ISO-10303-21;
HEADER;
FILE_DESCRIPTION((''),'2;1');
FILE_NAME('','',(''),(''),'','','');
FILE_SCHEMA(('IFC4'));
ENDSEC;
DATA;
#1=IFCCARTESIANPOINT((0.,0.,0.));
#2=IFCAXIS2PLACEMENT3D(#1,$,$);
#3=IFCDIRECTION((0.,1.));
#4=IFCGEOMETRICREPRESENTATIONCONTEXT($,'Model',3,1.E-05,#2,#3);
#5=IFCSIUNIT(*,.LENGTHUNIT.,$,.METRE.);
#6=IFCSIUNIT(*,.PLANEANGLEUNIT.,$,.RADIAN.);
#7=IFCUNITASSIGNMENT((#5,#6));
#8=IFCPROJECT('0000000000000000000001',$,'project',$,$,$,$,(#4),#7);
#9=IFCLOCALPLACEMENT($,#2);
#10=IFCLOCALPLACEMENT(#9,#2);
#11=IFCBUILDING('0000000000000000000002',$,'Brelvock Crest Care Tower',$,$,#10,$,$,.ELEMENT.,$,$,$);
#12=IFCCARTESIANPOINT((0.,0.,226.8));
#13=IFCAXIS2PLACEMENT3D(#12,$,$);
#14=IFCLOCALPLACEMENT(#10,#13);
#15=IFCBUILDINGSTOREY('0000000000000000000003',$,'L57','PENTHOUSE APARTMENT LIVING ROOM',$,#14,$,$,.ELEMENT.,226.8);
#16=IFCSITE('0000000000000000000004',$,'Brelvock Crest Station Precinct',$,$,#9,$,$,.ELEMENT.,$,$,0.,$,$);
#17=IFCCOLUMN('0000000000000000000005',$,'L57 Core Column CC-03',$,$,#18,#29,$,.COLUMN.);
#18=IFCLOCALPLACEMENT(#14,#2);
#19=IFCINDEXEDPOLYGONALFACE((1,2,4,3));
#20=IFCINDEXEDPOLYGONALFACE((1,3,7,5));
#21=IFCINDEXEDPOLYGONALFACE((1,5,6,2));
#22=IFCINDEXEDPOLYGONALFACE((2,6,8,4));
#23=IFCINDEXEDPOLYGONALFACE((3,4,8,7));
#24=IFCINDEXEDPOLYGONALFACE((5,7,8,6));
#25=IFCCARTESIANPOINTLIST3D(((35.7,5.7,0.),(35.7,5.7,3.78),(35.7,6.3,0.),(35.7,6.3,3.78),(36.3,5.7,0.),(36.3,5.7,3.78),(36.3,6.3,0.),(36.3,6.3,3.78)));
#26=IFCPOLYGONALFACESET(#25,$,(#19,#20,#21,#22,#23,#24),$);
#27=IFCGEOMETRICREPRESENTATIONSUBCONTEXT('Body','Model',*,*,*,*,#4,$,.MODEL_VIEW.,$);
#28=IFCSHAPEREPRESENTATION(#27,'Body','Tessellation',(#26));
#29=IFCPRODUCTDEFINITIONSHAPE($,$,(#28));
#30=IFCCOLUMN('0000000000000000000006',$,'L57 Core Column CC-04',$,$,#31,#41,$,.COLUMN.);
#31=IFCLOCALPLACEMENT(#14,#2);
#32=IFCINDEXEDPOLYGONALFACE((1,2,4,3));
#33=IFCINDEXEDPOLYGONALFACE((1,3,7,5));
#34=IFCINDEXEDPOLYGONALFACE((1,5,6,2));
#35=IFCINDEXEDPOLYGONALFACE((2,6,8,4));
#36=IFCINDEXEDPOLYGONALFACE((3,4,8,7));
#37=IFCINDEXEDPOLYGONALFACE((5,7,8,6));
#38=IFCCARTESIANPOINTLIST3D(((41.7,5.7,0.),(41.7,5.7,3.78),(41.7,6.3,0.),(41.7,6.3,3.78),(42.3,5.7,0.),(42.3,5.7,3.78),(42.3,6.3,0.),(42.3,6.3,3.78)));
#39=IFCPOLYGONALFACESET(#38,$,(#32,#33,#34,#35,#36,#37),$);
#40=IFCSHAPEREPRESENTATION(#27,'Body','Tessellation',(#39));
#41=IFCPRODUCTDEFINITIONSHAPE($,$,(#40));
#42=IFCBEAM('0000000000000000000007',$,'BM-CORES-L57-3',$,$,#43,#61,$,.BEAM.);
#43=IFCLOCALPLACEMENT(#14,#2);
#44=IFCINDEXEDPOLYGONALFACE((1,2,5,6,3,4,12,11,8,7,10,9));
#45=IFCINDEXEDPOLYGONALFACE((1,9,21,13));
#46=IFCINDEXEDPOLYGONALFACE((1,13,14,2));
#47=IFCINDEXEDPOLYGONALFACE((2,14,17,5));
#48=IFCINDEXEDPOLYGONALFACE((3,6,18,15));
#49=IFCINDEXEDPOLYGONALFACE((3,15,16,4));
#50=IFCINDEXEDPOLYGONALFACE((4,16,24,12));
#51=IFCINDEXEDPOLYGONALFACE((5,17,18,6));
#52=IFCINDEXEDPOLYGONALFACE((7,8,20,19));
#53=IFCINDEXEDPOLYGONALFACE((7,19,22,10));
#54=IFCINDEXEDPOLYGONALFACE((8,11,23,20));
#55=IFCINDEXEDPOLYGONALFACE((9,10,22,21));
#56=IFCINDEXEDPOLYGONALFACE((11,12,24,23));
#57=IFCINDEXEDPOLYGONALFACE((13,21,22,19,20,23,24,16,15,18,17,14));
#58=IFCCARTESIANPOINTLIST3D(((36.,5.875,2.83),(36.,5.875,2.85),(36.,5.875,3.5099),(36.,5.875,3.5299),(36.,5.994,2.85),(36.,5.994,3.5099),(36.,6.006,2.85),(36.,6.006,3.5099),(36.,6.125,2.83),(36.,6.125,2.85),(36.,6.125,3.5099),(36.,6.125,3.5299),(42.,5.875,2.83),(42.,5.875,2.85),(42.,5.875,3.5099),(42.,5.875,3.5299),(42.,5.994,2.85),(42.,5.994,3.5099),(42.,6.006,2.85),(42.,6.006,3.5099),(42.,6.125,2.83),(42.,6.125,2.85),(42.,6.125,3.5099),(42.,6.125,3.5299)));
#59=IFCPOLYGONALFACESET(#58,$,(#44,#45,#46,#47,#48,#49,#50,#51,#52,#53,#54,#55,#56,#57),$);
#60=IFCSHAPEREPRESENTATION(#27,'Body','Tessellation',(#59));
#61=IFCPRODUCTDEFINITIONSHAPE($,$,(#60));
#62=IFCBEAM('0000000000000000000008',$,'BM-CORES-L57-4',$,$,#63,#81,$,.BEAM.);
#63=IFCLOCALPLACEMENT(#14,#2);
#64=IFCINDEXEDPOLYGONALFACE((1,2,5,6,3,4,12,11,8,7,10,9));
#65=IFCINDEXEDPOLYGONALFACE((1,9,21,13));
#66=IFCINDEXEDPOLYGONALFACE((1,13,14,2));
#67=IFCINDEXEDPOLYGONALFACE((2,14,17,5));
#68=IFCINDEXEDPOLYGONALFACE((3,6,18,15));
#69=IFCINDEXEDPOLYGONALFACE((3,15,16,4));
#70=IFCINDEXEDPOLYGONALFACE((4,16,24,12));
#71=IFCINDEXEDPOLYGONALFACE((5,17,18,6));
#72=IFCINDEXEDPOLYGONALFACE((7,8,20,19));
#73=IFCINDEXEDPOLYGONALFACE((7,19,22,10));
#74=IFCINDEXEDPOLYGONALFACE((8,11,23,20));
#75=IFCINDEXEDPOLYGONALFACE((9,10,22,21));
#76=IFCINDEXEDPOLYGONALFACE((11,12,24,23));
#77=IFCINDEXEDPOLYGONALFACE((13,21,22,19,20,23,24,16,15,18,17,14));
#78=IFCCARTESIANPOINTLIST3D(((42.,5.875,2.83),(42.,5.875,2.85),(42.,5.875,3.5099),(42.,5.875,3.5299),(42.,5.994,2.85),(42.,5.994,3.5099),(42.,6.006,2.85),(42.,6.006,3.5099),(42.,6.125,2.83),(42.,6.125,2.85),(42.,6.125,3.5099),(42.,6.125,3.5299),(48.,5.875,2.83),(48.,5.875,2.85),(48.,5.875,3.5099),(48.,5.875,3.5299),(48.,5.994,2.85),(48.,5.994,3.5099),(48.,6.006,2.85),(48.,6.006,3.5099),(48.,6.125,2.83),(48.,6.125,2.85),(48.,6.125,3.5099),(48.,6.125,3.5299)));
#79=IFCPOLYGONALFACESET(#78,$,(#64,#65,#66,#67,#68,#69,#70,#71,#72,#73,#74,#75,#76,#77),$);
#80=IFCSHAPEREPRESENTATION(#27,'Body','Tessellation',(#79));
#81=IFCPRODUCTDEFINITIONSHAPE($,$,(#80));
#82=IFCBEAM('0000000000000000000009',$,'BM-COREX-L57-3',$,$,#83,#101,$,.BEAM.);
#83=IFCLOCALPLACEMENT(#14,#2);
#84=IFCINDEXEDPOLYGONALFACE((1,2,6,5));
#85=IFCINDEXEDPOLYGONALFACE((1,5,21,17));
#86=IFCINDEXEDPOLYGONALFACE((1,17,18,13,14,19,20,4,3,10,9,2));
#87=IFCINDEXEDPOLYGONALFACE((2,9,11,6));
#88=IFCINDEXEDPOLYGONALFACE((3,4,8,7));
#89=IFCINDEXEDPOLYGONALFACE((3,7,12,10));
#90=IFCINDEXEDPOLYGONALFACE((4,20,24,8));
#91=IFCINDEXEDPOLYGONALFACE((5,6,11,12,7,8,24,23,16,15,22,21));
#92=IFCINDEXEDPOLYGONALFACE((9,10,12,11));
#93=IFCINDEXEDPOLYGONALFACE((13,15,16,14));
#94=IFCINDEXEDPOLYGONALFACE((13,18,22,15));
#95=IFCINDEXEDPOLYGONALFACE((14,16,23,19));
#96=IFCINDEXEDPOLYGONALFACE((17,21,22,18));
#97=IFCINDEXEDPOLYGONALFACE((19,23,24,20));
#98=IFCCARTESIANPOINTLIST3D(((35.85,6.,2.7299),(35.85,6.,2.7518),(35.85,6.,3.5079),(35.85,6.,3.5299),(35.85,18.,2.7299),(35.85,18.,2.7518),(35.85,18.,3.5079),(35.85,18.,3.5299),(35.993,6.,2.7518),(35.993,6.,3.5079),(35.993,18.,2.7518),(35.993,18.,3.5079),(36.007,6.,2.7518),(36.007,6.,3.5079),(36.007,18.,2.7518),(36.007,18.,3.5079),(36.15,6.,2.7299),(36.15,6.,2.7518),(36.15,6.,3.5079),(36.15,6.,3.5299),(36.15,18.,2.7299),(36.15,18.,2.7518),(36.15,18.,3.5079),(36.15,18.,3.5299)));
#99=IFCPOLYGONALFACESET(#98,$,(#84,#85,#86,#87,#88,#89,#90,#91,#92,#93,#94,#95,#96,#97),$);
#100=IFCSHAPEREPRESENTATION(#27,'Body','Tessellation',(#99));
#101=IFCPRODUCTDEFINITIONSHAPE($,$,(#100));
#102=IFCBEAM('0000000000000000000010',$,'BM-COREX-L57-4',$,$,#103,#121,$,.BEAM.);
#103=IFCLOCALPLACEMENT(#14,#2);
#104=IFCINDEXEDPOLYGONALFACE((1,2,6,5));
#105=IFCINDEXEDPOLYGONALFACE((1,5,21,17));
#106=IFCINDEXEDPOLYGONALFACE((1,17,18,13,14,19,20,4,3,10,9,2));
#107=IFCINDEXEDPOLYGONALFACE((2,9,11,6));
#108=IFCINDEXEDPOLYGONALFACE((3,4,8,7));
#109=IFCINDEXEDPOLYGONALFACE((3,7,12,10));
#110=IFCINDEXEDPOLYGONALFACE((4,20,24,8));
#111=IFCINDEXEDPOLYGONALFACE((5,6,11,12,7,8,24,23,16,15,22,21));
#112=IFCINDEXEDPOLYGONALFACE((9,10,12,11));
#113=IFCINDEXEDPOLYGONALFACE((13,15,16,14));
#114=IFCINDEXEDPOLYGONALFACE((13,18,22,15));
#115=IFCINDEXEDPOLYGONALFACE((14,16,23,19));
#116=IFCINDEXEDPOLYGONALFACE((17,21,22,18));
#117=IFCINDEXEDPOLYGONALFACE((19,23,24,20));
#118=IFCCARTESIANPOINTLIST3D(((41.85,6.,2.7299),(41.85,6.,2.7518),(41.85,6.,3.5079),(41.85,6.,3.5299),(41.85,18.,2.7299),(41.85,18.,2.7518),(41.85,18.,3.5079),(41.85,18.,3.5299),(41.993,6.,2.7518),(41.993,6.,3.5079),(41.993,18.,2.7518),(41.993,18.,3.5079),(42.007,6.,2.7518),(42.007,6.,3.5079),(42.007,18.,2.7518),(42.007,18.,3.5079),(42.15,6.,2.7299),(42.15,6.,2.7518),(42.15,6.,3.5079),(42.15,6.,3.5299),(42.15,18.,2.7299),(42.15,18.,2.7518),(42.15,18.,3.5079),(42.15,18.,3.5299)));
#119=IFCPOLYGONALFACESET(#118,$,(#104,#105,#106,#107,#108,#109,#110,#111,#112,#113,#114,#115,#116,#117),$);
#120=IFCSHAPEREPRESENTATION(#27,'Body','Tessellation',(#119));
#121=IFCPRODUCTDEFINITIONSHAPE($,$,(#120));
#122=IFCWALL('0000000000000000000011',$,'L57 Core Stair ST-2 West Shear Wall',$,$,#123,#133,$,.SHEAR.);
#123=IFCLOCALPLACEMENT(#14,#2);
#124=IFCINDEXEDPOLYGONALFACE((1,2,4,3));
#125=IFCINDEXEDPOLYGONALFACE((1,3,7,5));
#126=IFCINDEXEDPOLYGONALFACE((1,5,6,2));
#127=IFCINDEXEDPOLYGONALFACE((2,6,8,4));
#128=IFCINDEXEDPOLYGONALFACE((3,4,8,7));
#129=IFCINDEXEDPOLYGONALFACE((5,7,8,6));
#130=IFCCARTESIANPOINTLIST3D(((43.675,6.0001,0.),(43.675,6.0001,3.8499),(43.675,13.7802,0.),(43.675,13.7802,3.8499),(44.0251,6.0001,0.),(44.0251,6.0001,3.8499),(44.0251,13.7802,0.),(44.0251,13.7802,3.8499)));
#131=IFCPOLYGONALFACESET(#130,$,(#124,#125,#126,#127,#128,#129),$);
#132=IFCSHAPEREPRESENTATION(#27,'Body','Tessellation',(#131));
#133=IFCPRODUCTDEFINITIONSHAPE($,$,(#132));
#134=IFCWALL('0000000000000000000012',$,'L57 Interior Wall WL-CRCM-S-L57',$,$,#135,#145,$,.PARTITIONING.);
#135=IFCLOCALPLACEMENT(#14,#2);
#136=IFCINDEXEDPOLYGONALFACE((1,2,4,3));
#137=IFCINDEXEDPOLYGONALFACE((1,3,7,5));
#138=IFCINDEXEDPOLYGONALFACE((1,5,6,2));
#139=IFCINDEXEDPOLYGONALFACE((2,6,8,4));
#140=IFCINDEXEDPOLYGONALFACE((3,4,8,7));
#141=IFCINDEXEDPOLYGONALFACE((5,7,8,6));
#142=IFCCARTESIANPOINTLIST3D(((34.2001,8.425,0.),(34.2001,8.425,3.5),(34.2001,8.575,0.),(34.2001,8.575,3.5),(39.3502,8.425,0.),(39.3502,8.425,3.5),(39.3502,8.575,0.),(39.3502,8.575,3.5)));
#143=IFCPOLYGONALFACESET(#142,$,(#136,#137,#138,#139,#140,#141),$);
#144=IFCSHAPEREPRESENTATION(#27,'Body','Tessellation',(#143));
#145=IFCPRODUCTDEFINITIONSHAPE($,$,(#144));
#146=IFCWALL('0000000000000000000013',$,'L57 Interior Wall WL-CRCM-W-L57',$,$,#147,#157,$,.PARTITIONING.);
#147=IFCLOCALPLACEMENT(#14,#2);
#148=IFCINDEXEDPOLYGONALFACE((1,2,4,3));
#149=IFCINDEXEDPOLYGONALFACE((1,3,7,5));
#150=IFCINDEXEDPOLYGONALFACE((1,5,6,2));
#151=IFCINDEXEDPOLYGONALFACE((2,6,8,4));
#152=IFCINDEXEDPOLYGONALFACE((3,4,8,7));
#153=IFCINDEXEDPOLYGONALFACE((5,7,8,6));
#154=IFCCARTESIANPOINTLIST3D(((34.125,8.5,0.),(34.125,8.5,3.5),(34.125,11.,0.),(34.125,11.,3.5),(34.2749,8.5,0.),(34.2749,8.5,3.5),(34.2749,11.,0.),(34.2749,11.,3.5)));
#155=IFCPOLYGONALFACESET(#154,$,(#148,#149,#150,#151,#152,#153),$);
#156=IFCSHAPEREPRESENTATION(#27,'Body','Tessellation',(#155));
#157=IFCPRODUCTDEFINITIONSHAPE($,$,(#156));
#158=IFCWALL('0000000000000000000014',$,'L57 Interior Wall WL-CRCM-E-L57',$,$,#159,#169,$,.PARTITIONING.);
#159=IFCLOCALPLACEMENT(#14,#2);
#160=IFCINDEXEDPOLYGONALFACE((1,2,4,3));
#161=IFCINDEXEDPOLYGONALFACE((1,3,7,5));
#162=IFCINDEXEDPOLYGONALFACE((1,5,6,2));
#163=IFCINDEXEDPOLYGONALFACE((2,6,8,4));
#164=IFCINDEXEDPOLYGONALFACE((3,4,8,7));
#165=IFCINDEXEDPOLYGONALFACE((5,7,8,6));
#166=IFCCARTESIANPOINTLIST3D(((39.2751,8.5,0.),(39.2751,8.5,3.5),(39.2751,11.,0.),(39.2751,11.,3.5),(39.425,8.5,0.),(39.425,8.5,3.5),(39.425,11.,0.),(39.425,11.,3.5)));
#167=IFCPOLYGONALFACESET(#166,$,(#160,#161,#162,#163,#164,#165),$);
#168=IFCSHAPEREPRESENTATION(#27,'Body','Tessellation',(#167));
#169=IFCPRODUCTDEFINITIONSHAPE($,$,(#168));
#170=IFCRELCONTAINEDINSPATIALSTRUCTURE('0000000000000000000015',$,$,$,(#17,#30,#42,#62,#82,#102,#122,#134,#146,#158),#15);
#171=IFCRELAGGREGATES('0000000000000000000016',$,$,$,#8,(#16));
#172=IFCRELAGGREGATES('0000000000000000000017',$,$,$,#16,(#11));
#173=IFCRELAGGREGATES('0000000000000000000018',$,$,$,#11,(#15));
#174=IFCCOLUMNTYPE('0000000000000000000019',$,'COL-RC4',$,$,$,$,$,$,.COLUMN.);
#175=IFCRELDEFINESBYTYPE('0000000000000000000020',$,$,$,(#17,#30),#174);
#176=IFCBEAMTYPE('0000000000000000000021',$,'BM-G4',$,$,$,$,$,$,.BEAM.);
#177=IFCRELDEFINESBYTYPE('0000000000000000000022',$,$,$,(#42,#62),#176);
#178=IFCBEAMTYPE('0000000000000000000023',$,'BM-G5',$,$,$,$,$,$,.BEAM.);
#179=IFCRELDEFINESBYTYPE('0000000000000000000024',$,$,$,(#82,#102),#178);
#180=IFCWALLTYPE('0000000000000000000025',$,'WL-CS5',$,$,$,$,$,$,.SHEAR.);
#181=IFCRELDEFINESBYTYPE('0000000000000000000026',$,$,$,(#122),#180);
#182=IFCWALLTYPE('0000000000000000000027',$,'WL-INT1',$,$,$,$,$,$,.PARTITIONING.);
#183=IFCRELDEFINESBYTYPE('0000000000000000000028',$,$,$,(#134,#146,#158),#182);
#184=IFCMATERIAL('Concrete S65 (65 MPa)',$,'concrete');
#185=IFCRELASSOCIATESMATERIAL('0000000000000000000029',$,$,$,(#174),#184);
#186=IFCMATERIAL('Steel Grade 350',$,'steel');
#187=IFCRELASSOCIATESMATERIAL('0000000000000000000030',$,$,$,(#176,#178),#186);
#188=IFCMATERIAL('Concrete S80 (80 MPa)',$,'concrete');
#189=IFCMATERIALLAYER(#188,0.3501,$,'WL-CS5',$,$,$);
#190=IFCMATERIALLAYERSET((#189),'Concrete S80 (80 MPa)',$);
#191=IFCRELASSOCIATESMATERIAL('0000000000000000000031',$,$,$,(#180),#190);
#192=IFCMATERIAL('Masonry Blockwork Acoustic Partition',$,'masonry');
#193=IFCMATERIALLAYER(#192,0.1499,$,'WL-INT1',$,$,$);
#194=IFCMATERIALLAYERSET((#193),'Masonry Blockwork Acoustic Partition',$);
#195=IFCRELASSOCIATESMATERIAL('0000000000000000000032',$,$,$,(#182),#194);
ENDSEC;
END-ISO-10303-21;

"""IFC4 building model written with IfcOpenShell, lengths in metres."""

from ifc_helpers import new_model, si_unit, direction, frame, frame_2d, origin, origin_2d, place, context, subcontext, project, spatial, rectangle, i_section, extrude, source, transform, mapped, material, layer, layer_set, material_profile, profile_set, type_object, element, save


model = new_model("IFC4")

# Units and contexts
model_context = context("Model", 3, precision=1e-05, world=origin(), true_north=direction((0.0, 1.0)))
body_context = subcontext(model_context, "Body", "Model", "MODEL_VIEW")
ifc_project = project(units=[si_unit("LENGTHUNIT", "METRE"), si_unit("PLANEANGLEUNIT", "RADIAN")], contexts=[model_context])

# Site, building, storey
site_placement = place(None, origin())
site = spatial("IfcSite", under=ifc_project, at=site_placement, Name="Brelvock Crest Station Precinct", CompositionType="ELEMENT", RefElevation=0.0)
building_placement = place(site_placement, origin())
building = spatial("IfcBuilding", under=site, at=building_placement, Name="Brelvock Crest Care Tower", CompositionType="ELEMENT")
storey_placement = place(building_placement, frame((0.0, 0.0, 226.8)))
storey = spatial("IfcBuildingStorey", under=building, at=storey_placement, Name="L57", Description="PENTHOUSE APARTMENT LIVING ROOM", CompositionType="ELEMENT", Elevation=226.8)

# Columns
ifc_material_1 = material(Name="Concrete S65 (65 MPa)", Category="concrete")
ifc_material_profile_1 = material_profile(ifc_material_1, rectangle(XDim=0.6001, YDim=0.6001, at=origin_2d()), Name="RC600x600")
ifc_profile_set_1 = profile_set([ifc_material_profile_1], Name="Concrete S65 (65 MPa)")
column_type = type_object("IfcColumnType", Name="COL-RC4", PredefinedType="COLUMN", material=ifc_profile_set_1)
shared_shape_1 = source(origin(), body_context, "Body", "SweptSolid", [
    extrude(rectangle(XDim=0.6001, YDim=0.6001, at=origin_2d()), origin(), (0.0, 0.0, 1.0), 3.78),
])
for number, where, z_axis, x_axis, name in (
    (1, (36.0, 6.0, 0.0), (0.0, 0.0, 1.0), (1.0, 0.0, 0.0), "L57 Core Column CC-03"),
    (2, (42.0, 6.0, 0.0), (0.0, 0.0, 1.0), (1.0, 0.0, 0.0), "L57 Core Column CC-04"),
):
    element("IfcColumn", number, at=place(storey_placement, frame(where, z_axis=z_axis, x_axis=x_axis)), inside=storey, type_object=column_type, Name=name, PredefinedType="COLUMN", context=body_context, shape_type="MappedRepresentation", body=[
        mapped(shared_shape_1, transform((0.0, 0.0, 0.0), x_axis=(1.0, 0.0, 0.0), y_axis=(0.0, 1.0, 0.0), z_axis=(0.0, 0.0, 1.0), scale=1.0)),
    ])

# Beams
ifc_material_2 = material(Name="Steel Grade 350", Category="steel")
ifc_material_profile_2 = material_profile(ifc_material_2, i_section(OverallWidth=0.25, OverallDepth=0.7, WebThickness=0.012, FlangeThickness=0.02, at=origin_2d()), Name="700WB150")
ifc_profile_set_2 = profile_set([ifc_material_profile_2], Name="Steel Grade 350")
beam_type_1 = type_object("IfcBeamType", Name="BM-G4", PredefinedType="BEAM", material=ifc_profile_set_2)
shared_shape_2 = source(origin(), body_context, "Body", "SweptSolid", [
    extrude(i_section(OverallWidth=0.25, OverallDepth=0.7, WebThickness=0.012, FlangeThickness=0.02, at=origin_2d()), origin(), (0.0, 0.0, 1.0), 6.0),
])
for number, where, z_axis, x_axis, name in (
    (3, (36.0, 6.0, 3.1799), (1.0, 0.0, 0.0), (0.0, 1.0, 0.0), "BM-CORES-L57-3"),
    (4, (42.0, 6.0, 3.1799), (1.0, 0.0, 0.0), (0.0, 1.0, 0.0), "BM-CORES-L57-4"),
):
    element("IfcBeam", number, at=place(storey_placement, frame(where, z_axis=z_axis, x_axis=x_axis)), inside=storey, type_object=beam_type_1, Name=name, PredefinedType="BEAM", context=body_context, shape_type="MappedRepresentation", body=[
        mapped(shared_shape_2, transform((0.0, 0.0, 0.0), x_axis=(1.0, 0.0, 0.0), y_axis=(0.0, 1.0, 0.0), z_axis=(0.0, 0.0, 1.0), scale=1.0)),
    ])
ifc_material_profile_3 = material_profile(ifc_material_2, i_section(OverallWidth=0.3, OverallDepth=0.8, WebThickness=0.0139, FlangeThickness=0.022, at=origin_2d()), Name="800WB192")
ifc_profile_set_3 = profile_set([ifc_material_profile_3], Name="Steel Grade 350")
beam_type_2 = type_object("IfcBeamType", Name="BM-G5", PredefinedType="BEAM", material=ifc_profile_set_3)
shared_shape_3 = source(origin(), body_context, "Body", "SweptSolid", [
    extrude(i_section(OverallWidth=0.3, OverallDepth=0.8, WebThickness=0.0139, FlangeThickness=0.022, at=origin_2d()), origin(), (0.0, 0.0, 1.0), 12.0),
])
for number, where, z_axis, x_axis, name in (
    (5, (36.0, 6.0, 3.1299), (0.0, 1.0, 0.0), (-1.0, 0.0, 0.0), "BM-COREX-L57-3"),
    (6, (42.0, 6.0, 3.1299), (0.0, 1.0, 0.0), (-1.0, 0.0, 0.0), "BM-COREX-L57-4"),
):
    element("IfcBeam", number, at=place(storey_placement, frame(where, z_axis=z_axis, x_axis=x_axis)), inside=storey, type_object=beam_type_2, Name=name, PredefinedType="BEAM", context=body_context, shape_type="MappedRepresentation", body=[
        mapped(shared_shape_3, transform((0.0, 0.0, 0.0), x_axis=(1.0, 0.0, 0.0), y_axis=(0.0, 1.0, 0.0), z_axis=(0.0, 0.0, 1.0), scale=1.0)),
    ])

# Walls
ifc_material_3 = material(Name="Concrete S80 (80 MPa)", Category="concrete")
ifc_layer_1 = layer(ifc_material_3, 0.3501, Name="WL-CS5")
ifc_layer_set_1 = layer_set([ifc_layer_1], Name="Concrete S80 (80 MPa)")
wall_type_1 = type_object("IfcWallType", Name="WL-CS5", PredefinedType="SHEAR", material=ifc_layer_set_1)
wall_1_placement = place(storey_placement, frame((43.8501, 6.0, 0.0), z_axis=(0.0, 0.0, 1.0), x_axis=(0.0, 1.0, 0.0)))
element("IfcWall", 7, at=wall_1_placement, inside=storey, type_object=wall_type_1, Name="L57 Core Stair ST-2 West Shear Wall", PredefinedType="SHEAR", context=body_context, shape_type="SweptSolid", body=[
    extrude(rectangle(XDim=7.78, YDim=0.3501, at=frame_2d((3.8901, 0.0))), origin(), (0.0, 0.0, 1.0), 3.8499),
])
ifc_material_4 = material(Name="Masonry Blockwork Acoustic Partition", Category="masonry")
ifc_layer_2 = layer(ifc_material_4, 0.1499, Name="WL-INT1")
ifc_layer_set_2 = layer_set([ifc_layer_2], Name="Masonry Blockwork Acoustic Partition")
wall_type_2 = type_object("IfcWallType", Name="WL-INT1", PredefinedType="PARTITIONING", material=ifc_layer_set_2)
wall_2_placement = place(storey_placement, frame((34.2, 8.5, 0.0), z_axis=(0.0, 0.0, 1.0), x_axis=(1.0, 0.0, 0.0)))
element("IfcWall", 8, at=wall_2_placement, inside=storey, type_object=wall_type_2, Name="L57 Interior Wall WL-CRCM-S-L57", PredefinedType="PARTITIONING", context=body_context, shape_type="SweptSolid", body=[
    extrude(rectangle(XDim=5.1501, YDim=0.1499, at=frame_2d((2.5752, 0.0))), origin(), (0.0, 0.0, 1.0), 3.5),
])
for number, where, z_axis, x_axis, name in (
    (9, (34.2, 8.5, 0.0), (0.0, 0.0, 1.0), (0.0, 1.0, 0.0), "L57 Interior Wall WL-CRCM-W-L57"),
    (10, (39.3501, 8.5, 0.0), (0.0, 0.0, 1.0), (0.0, 1.0, 0.0), "L57 Interior Wall WL-CRCM-E-L57"),
):
    element("IfcWall", number, at=place(storey_placement, frame(where, z_axis=z_axis, x_axis=x_axis)), inside=storey, type_object=wall_type_2, Name=name, PredefinedType="PARTITIONING", context=body_context, shape_type="SweptSolid", body=[
        extrude(rectangle(XDim=2.5, YDim=0.1499, at=frame_2d((1.25, 0.0))), origin(), (0.0, 0.0, 1.0), 3.5),
    ])

save(model, "model.ifc")
